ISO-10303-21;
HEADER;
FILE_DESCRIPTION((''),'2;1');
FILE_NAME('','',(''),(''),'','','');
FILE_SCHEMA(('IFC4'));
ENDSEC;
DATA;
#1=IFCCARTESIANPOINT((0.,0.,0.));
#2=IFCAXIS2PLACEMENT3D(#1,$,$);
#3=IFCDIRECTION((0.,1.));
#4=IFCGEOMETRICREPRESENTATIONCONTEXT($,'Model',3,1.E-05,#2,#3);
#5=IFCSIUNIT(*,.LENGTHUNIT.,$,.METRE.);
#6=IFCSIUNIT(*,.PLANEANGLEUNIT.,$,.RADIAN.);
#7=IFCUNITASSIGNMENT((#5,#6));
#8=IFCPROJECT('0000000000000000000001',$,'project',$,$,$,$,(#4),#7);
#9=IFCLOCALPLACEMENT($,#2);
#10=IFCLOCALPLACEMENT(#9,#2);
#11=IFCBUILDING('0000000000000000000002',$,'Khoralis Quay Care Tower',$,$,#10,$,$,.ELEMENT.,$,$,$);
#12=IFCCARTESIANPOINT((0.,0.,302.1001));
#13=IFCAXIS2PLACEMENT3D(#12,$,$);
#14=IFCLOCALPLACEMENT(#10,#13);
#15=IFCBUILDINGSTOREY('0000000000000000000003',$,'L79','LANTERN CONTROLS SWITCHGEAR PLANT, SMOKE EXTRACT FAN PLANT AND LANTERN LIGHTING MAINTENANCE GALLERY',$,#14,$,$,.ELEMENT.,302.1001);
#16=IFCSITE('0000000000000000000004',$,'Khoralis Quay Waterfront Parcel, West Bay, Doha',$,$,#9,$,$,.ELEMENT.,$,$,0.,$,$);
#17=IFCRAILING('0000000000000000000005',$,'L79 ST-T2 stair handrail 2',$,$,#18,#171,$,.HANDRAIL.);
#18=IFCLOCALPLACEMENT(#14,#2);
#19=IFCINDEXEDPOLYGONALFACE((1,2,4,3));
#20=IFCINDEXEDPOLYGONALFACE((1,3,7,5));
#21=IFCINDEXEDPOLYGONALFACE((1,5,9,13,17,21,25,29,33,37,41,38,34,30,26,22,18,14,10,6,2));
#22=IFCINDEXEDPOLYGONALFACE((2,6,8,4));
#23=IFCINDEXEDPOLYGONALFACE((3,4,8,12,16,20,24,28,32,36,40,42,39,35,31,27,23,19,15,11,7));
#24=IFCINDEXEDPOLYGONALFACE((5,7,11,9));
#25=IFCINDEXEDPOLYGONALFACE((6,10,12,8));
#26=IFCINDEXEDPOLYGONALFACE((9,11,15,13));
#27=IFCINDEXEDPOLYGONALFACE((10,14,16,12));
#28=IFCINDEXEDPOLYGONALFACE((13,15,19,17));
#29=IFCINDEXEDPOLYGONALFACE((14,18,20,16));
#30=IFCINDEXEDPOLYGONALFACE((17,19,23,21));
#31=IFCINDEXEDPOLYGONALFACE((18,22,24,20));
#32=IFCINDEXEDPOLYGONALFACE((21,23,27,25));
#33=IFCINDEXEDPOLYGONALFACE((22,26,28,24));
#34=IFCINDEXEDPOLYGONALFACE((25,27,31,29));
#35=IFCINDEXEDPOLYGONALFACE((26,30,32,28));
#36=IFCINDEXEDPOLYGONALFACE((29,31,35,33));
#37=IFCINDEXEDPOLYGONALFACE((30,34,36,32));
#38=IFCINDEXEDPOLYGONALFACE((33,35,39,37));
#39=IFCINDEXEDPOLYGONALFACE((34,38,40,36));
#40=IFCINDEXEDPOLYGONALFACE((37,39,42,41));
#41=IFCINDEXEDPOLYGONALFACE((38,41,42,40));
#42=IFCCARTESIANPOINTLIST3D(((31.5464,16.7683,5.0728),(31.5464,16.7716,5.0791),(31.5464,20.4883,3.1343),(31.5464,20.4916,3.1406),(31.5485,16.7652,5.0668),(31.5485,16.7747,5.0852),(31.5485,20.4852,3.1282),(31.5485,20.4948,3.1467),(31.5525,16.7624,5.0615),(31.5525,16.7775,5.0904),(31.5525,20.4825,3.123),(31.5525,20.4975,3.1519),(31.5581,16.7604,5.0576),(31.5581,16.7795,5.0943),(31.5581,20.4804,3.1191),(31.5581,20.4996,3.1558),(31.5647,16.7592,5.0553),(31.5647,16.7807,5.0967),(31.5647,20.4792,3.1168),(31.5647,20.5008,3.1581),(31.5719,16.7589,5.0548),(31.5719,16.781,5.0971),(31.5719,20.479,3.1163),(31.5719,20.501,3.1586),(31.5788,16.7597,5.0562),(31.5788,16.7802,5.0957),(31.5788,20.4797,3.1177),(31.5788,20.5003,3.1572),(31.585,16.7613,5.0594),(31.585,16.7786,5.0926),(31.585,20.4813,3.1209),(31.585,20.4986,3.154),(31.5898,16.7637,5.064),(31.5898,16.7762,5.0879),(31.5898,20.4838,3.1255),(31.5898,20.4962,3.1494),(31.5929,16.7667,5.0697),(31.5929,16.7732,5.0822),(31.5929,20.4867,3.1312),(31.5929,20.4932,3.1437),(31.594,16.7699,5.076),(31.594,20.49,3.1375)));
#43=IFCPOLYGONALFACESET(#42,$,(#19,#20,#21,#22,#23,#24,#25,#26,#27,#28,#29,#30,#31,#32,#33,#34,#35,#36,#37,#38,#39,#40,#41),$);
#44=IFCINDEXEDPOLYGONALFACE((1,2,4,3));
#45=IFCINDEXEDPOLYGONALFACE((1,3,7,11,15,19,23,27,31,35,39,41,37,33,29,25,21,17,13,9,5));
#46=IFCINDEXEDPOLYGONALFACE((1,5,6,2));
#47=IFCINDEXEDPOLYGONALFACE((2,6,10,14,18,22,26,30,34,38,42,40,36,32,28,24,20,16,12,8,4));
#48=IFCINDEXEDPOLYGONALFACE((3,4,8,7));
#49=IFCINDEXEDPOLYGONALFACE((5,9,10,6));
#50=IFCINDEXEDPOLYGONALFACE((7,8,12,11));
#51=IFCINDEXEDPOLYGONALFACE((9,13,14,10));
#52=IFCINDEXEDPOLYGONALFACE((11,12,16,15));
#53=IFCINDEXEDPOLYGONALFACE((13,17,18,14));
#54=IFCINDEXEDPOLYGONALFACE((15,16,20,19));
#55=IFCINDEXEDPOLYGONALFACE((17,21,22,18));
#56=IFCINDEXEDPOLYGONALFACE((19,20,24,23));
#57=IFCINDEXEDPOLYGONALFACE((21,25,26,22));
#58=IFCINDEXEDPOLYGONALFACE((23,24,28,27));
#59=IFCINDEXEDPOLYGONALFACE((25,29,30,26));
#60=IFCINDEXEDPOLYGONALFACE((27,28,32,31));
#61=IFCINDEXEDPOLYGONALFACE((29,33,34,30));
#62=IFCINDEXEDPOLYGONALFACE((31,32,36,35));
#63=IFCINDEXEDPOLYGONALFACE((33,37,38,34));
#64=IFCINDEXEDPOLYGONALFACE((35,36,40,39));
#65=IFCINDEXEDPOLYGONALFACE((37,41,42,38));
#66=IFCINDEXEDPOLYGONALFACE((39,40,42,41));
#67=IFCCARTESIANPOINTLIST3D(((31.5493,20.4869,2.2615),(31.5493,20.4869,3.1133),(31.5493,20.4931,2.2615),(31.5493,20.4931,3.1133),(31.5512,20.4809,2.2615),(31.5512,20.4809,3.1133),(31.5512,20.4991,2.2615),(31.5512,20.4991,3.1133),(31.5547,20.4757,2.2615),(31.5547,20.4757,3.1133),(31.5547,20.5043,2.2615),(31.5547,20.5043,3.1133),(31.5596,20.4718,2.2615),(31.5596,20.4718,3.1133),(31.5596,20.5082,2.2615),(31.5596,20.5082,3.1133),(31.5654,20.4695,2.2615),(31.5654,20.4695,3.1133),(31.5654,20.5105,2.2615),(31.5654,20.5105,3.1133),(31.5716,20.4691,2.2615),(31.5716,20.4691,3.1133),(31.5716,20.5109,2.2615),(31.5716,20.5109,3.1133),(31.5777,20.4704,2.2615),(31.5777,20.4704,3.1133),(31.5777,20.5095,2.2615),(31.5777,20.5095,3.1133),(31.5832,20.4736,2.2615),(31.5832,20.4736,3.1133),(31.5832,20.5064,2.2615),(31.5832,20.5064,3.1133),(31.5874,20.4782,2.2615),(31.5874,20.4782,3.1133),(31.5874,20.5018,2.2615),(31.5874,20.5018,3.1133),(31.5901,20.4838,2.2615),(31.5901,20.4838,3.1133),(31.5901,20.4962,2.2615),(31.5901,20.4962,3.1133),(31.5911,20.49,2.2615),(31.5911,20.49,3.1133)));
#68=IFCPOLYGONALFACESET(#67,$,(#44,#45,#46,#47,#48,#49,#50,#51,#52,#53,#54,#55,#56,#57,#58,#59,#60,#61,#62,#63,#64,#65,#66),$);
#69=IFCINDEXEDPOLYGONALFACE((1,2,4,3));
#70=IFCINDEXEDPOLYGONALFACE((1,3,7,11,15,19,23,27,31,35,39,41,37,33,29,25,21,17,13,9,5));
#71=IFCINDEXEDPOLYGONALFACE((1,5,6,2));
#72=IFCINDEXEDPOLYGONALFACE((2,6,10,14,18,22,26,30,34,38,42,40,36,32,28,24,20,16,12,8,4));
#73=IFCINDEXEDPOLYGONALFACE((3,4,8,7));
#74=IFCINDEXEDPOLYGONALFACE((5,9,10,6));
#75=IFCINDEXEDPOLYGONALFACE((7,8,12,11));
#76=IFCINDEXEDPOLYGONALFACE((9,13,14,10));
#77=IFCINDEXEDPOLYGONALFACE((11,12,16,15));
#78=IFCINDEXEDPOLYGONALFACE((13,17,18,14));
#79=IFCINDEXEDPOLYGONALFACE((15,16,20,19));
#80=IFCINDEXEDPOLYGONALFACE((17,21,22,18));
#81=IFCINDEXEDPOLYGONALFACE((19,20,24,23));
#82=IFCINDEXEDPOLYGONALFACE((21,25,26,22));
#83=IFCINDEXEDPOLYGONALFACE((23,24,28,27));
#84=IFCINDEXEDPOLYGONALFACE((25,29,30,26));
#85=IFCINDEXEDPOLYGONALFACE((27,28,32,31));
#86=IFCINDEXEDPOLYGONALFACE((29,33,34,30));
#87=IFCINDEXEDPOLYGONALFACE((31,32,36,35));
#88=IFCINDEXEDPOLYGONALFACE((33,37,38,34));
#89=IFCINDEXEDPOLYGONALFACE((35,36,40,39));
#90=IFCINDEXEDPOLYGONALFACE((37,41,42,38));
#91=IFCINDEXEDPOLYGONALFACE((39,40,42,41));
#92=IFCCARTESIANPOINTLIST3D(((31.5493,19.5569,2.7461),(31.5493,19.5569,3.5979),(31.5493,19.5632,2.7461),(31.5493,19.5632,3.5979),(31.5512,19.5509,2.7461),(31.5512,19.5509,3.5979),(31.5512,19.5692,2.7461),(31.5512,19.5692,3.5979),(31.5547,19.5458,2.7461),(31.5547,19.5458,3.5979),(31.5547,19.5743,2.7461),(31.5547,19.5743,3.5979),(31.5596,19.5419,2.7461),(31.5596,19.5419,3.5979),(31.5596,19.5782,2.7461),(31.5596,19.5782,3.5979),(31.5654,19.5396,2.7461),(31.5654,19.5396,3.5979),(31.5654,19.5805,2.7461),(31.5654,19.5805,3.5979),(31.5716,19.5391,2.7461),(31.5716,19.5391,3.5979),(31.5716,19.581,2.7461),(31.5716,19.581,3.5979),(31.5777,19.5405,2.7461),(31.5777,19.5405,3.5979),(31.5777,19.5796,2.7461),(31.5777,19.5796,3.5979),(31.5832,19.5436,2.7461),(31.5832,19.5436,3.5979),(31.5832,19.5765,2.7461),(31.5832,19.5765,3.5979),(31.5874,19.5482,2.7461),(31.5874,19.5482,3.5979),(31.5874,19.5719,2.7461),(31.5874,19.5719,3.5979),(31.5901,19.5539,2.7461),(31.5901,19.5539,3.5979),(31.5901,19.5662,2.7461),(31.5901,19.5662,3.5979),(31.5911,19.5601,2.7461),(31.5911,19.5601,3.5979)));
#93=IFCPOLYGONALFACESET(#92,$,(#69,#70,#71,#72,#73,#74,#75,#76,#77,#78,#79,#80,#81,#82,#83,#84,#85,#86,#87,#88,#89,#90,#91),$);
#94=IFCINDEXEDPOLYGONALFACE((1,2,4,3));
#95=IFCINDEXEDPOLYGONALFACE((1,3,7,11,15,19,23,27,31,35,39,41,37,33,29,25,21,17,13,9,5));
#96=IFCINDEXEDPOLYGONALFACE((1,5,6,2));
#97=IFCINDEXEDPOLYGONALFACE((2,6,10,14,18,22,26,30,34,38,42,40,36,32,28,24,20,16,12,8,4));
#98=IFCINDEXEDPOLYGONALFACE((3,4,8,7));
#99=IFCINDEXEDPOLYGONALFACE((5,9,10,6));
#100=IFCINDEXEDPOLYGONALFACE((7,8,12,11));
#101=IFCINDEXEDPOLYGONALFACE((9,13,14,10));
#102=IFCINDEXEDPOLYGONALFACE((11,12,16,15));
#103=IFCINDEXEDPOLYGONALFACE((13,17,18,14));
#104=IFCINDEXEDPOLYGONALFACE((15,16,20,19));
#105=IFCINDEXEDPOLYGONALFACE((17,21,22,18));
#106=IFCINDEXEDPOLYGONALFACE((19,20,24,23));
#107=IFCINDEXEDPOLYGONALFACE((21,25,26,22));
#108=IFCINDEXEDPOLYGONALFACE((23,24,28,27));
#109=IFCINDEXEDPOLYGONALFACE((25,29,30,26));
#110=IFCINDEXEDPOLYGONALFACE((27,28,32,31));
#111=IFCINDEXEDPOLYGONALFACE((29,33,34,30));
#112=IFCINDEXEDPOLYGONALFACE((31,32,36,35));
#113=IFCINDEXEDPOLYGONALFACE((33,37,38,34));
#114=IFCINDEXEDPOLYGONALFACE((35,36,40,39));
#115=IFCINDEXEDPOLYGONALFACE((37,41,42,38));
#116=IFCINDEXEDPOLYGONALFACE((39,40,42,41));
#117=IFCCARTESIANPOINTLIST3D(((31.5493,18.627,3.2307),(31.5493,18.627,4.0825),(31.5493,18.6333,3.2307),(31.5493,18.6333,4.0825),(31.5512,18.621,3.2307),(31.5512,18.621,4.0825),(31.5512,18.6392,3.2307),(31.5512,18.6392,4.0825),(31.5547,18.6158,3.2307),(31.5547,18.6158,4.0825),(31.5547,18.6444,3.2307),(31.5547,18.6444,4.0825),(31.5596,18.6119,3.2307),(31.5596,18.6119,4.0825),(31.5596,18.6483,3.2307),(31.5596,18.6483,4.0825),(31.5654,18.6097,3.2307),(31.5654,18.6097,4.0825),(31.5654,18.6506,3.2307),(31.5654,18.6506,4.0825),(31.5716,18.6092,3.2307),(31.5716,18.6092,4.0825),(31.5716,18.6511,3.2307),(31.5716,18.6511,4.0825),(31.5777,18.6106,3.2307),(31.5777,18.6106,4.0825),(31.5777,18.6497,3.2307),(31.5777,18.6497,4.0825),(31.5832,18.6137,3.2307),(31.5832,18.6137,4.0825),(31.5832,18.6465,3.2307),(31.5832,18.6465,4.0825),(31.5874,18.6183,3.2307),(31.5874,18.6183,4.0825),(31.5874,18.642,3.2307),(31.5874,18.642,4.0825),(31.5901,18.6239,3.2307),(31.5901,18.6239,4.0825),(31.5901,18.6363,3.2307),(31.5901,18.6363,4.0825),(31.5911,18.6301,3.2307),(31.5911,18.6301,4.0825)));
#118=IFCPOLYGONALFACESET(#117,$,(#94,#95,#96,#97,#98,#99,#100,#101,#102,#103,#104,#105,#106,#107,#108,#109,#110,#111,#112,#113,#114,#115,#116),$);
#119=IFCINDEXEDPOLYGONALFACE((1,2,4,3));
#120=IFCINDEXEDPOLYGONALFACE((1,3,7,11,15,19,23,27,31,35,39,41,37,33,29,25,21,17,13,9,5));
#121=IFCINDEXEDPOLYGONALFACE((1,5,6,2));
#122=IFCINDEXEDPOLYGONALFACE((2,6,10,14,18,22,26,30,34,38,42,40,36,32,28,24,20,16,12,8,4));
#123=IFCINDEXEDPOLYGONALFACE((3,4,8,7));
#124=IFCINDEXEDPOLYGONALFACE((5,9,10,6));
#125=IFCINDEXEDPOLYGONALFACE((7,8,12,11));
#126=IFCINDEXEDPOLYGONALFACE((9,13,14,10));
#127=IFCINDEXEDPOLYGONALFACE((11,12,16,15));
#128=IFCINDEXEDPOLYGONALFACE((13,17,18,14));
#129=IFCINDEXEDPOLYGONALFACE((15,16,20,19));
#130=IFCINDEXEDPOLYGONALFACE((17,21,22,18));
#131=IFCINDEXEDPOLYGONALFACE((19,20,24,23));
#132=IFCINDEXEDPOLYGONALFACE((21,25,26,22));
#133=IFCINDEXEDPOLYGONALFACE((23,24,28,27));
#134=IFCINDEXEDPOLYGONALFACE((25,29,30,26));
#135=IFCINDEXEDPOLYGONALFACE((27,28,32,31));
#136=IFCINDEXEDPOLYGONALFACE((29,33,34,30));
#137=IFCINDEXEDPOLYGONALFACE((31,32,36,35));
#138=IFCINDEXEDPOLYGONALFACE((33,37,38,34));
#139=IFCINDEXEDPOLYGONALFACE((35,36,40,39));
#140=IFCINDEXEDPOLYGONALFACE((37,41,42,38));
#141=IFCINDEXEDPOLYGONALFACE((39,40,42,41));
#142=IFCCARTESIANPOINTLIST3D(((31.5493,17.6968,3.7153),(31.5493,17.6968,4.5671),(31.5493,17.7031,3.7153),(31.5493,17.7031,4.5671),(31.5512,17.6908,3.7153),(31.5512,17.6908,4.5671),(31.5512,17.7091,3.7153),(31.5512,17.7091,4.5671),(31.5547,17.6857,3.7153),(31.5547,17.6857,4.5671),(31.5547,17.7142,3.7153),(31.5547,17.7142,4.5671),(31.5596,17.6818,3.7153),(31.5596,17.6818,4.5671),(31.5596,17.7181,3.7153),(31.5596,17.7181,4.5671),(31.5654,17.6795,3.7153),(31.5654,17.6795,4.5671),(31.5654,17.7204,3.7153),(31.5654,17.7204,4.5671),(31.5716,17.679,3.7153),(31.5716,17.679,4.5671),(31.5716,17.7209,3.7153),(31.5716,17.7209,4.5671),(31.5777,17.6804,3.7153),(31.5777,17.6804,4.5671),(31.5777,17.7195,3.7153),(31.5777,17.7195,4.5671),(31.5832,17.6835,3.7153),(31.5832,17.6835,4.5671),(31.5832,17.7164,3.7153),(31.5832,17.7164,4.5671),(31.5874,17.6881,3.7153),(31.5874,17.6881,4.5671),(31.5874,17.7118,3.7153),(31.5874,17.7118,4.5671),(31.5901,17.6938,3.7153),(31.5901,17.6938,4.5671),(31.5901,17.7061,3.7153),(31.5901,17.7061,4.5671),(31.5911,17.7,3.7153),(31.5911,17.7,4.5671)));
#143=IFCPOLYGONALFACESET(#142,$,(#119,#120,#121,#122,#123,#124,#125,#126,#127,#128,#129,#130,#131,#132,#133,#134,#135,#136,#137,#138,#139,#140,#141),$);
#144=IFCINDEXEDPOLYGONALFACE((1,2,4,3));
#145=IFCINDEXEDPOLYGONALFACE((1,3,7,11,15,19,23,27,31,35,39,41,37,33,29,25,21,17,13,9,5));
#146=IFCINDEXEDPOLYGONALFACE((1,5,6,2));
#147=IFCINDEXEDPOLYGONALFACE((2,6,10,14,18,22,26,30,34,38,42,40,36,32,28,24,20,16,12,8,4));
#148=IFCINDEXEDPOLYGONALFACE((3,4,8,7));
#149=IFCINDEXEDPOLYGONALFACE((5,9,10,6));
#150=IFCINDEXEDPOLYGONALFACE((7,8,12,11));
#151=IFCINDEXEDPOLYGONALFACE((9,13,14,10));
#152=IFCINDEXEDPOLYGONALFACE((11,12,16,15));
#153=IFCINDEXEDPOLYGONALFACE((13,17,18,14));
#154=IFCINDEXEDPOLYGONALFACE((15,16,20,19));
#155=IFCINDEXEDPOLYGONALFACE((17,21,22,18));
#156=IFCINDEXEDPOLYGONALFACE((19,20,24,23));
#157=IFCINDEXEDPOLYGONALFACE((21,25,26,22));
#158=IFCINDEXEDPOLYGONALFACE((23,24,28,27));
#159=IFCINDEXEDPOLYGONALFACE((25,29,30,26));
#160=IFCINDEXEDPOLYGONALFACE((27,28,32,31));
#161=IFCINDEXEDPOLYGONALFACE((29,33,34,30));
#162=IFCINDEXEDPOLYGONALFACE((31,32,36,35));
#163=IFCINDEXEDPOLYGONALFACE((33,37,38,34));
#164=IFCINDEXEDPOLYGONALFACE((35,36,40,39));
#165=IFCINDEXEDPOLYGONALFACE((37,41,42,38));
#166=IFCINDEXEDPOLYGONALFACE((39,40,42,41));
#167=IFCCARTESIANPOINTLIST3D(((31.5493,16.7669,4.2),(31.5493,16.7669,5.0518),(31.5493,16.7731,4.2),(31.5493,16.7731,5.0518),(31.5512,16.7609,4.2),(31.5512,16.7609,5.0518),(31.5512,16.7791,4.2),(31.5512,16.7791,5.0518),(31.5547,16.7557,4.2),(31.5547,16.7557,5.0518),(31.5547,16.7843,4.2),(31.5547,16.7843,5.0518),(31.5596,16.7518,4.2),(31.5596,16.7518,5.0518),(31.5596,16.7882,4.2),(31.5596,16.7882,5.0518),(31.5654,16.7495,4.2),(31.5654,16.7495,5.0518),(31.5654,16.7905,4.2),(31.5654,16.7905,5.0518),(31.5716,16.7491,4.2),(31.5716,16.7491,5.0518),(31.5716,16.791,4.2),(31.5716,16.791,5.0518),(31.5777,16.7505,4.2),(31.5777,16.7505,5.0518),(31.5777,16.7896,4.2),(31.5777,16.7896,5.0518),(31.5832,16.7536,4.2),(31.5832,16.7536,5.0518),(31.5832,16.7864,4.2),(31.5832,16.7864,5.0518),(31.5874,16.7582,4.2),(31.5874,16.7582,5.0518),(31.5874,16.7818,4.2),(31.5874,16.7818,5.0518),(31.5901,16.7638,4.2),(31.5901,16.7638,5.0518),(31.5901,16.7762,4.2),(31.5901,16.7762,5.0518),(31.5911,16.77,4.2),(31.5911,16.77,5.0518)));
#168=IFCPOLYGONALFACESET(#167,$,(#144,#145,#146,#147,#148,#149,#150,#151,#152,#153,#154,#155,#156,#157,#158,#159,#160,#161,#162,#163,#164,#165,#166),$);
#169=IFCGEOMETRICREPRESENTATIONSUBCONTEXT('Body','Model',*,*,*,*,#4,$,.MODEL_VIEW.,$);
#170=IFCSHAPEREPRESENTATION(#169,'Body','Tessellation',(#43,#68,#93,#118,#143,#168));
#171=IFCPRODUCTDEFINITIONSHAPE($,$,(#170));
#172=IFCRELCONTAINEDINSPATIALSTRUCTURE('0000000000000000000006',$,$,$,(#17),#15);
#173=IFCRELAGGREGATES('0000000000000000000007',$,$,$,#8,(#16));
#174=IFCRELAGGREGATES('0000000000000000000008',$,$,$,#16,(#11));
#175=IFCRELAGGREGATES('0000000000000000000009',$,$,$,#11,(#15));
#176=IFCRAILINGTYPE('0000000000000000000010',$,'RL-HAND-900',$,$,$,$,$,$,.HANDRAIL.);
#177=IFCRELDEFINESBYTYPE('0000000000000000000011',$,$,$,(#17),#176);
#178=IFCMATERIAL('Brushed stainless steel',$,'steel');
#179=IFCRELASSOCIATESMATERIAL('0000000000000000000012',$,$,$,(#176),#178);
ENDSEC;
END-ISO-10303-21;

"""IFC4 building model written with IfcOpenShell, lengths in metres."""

from ifc_helpers import new_model, si_unit, direction, frame, origin, origin_2d, place, context, subcontext, project, spatial, circle, extrude, material, type_object, element, save


model = new_model("IFC4")

# Units and contexts
model_context = context("Model", 3, precision=1e-05, world=origin(), true_north=direction((0.0, 1.0)))
body_context = subcontext(model_context, "Body", "Model", "MODEL_VIEW")
ifc_project = project(units=[si_unit("LENGTHUNIT", "METRE"), si_unit("PLANEANGLEUNIT", "RADIAN")], contexts=[model_context])

# Site, building, storey
site_placement = place(None, origin())
site = spatial("IfcSite", under=ifc_project, at=site_placement, Name="Khoralis Quay Waterfront Parcel, West Bay, Doha", CompositionType="ELEMENT", RefElevation=0.0)
building_placement = place(site_placement, origin())
building = spatial("IfcBuilding", under=site, at=building_placement, Name="Khoralis Quay Care Tower", CompositionType="ELEMENT")
storey_placement = place(building_placement, frame((0.0, 0.0, 302.1001)))
storey = spatial("IfcBuildingStorey", under=building, at=storey_placement, Name="L79", Description="LANTERN CONTROLS SWITCHGEAR PLANT, SMOKE EXTRACT FAN PLANT AND LANTERN LIGHTING MAINTENANCE GALLERY", CompositionType="ELEMENT", Elevation=302.1001)

# Railing
ifc_material_1 = material(Name="Brushed stainless steel", Category="steel")
railing_type_1 = type_object("IfcRailingType", Name="RL-HAND-900", PredefinedType="HANDRAIL", material=ifc_material_1)
railing_1_placement = place(storey_placement, frame((31.5701, 20.49, 2.2615)))
element("IfcRailing", 1, at=railing_1_placement, inside=storey, type_object=railing_type_1, Name="L79 ST-T2 stair handrail 2", PredefinedType="HANDRAIL", context=body_context, shape_type="SweptSolid", body=[
    extrude(circle(Radius=0.0239, at=origin_2d()), frame((0.0, 0.0, 0.876), z_axis=(0.0, -0.886817, 0.46212), x_axis=(1.0, 0.0, 0.0)), (0.0, 0.0, 1.0), 4.1948),
    extrude(circle(Radius=0.021, at=origin_2d()), origin(), (0.0, 0.0, 1.0), 0.8518),
    extrude(circle(Radius=0.021, at=origin_2d()), frame((0.0, -0.9299, 0.4846)), (0.0, 0.0, 1.0), 0.8518),
    extrude(circle(Radius=0.021, at=origin_2d()), frame((0.0, -1.8599, 0.9692)), (0.0, 0.0, 1.0), 0.8518),
    extrude(circle(Radius=0.021, at=origin_2d()), frame((0.0, -2.79, 1.4539)), (0.0, 0.0, 1.0), 0.8518),
    extrude(circle(Radius=0.021, at=origin_2d()), frame((0.0, -3.72, 1.9385)), (0.0, 0.0, 1.0), 0.8518),
])

save(model, "model.ifc")
